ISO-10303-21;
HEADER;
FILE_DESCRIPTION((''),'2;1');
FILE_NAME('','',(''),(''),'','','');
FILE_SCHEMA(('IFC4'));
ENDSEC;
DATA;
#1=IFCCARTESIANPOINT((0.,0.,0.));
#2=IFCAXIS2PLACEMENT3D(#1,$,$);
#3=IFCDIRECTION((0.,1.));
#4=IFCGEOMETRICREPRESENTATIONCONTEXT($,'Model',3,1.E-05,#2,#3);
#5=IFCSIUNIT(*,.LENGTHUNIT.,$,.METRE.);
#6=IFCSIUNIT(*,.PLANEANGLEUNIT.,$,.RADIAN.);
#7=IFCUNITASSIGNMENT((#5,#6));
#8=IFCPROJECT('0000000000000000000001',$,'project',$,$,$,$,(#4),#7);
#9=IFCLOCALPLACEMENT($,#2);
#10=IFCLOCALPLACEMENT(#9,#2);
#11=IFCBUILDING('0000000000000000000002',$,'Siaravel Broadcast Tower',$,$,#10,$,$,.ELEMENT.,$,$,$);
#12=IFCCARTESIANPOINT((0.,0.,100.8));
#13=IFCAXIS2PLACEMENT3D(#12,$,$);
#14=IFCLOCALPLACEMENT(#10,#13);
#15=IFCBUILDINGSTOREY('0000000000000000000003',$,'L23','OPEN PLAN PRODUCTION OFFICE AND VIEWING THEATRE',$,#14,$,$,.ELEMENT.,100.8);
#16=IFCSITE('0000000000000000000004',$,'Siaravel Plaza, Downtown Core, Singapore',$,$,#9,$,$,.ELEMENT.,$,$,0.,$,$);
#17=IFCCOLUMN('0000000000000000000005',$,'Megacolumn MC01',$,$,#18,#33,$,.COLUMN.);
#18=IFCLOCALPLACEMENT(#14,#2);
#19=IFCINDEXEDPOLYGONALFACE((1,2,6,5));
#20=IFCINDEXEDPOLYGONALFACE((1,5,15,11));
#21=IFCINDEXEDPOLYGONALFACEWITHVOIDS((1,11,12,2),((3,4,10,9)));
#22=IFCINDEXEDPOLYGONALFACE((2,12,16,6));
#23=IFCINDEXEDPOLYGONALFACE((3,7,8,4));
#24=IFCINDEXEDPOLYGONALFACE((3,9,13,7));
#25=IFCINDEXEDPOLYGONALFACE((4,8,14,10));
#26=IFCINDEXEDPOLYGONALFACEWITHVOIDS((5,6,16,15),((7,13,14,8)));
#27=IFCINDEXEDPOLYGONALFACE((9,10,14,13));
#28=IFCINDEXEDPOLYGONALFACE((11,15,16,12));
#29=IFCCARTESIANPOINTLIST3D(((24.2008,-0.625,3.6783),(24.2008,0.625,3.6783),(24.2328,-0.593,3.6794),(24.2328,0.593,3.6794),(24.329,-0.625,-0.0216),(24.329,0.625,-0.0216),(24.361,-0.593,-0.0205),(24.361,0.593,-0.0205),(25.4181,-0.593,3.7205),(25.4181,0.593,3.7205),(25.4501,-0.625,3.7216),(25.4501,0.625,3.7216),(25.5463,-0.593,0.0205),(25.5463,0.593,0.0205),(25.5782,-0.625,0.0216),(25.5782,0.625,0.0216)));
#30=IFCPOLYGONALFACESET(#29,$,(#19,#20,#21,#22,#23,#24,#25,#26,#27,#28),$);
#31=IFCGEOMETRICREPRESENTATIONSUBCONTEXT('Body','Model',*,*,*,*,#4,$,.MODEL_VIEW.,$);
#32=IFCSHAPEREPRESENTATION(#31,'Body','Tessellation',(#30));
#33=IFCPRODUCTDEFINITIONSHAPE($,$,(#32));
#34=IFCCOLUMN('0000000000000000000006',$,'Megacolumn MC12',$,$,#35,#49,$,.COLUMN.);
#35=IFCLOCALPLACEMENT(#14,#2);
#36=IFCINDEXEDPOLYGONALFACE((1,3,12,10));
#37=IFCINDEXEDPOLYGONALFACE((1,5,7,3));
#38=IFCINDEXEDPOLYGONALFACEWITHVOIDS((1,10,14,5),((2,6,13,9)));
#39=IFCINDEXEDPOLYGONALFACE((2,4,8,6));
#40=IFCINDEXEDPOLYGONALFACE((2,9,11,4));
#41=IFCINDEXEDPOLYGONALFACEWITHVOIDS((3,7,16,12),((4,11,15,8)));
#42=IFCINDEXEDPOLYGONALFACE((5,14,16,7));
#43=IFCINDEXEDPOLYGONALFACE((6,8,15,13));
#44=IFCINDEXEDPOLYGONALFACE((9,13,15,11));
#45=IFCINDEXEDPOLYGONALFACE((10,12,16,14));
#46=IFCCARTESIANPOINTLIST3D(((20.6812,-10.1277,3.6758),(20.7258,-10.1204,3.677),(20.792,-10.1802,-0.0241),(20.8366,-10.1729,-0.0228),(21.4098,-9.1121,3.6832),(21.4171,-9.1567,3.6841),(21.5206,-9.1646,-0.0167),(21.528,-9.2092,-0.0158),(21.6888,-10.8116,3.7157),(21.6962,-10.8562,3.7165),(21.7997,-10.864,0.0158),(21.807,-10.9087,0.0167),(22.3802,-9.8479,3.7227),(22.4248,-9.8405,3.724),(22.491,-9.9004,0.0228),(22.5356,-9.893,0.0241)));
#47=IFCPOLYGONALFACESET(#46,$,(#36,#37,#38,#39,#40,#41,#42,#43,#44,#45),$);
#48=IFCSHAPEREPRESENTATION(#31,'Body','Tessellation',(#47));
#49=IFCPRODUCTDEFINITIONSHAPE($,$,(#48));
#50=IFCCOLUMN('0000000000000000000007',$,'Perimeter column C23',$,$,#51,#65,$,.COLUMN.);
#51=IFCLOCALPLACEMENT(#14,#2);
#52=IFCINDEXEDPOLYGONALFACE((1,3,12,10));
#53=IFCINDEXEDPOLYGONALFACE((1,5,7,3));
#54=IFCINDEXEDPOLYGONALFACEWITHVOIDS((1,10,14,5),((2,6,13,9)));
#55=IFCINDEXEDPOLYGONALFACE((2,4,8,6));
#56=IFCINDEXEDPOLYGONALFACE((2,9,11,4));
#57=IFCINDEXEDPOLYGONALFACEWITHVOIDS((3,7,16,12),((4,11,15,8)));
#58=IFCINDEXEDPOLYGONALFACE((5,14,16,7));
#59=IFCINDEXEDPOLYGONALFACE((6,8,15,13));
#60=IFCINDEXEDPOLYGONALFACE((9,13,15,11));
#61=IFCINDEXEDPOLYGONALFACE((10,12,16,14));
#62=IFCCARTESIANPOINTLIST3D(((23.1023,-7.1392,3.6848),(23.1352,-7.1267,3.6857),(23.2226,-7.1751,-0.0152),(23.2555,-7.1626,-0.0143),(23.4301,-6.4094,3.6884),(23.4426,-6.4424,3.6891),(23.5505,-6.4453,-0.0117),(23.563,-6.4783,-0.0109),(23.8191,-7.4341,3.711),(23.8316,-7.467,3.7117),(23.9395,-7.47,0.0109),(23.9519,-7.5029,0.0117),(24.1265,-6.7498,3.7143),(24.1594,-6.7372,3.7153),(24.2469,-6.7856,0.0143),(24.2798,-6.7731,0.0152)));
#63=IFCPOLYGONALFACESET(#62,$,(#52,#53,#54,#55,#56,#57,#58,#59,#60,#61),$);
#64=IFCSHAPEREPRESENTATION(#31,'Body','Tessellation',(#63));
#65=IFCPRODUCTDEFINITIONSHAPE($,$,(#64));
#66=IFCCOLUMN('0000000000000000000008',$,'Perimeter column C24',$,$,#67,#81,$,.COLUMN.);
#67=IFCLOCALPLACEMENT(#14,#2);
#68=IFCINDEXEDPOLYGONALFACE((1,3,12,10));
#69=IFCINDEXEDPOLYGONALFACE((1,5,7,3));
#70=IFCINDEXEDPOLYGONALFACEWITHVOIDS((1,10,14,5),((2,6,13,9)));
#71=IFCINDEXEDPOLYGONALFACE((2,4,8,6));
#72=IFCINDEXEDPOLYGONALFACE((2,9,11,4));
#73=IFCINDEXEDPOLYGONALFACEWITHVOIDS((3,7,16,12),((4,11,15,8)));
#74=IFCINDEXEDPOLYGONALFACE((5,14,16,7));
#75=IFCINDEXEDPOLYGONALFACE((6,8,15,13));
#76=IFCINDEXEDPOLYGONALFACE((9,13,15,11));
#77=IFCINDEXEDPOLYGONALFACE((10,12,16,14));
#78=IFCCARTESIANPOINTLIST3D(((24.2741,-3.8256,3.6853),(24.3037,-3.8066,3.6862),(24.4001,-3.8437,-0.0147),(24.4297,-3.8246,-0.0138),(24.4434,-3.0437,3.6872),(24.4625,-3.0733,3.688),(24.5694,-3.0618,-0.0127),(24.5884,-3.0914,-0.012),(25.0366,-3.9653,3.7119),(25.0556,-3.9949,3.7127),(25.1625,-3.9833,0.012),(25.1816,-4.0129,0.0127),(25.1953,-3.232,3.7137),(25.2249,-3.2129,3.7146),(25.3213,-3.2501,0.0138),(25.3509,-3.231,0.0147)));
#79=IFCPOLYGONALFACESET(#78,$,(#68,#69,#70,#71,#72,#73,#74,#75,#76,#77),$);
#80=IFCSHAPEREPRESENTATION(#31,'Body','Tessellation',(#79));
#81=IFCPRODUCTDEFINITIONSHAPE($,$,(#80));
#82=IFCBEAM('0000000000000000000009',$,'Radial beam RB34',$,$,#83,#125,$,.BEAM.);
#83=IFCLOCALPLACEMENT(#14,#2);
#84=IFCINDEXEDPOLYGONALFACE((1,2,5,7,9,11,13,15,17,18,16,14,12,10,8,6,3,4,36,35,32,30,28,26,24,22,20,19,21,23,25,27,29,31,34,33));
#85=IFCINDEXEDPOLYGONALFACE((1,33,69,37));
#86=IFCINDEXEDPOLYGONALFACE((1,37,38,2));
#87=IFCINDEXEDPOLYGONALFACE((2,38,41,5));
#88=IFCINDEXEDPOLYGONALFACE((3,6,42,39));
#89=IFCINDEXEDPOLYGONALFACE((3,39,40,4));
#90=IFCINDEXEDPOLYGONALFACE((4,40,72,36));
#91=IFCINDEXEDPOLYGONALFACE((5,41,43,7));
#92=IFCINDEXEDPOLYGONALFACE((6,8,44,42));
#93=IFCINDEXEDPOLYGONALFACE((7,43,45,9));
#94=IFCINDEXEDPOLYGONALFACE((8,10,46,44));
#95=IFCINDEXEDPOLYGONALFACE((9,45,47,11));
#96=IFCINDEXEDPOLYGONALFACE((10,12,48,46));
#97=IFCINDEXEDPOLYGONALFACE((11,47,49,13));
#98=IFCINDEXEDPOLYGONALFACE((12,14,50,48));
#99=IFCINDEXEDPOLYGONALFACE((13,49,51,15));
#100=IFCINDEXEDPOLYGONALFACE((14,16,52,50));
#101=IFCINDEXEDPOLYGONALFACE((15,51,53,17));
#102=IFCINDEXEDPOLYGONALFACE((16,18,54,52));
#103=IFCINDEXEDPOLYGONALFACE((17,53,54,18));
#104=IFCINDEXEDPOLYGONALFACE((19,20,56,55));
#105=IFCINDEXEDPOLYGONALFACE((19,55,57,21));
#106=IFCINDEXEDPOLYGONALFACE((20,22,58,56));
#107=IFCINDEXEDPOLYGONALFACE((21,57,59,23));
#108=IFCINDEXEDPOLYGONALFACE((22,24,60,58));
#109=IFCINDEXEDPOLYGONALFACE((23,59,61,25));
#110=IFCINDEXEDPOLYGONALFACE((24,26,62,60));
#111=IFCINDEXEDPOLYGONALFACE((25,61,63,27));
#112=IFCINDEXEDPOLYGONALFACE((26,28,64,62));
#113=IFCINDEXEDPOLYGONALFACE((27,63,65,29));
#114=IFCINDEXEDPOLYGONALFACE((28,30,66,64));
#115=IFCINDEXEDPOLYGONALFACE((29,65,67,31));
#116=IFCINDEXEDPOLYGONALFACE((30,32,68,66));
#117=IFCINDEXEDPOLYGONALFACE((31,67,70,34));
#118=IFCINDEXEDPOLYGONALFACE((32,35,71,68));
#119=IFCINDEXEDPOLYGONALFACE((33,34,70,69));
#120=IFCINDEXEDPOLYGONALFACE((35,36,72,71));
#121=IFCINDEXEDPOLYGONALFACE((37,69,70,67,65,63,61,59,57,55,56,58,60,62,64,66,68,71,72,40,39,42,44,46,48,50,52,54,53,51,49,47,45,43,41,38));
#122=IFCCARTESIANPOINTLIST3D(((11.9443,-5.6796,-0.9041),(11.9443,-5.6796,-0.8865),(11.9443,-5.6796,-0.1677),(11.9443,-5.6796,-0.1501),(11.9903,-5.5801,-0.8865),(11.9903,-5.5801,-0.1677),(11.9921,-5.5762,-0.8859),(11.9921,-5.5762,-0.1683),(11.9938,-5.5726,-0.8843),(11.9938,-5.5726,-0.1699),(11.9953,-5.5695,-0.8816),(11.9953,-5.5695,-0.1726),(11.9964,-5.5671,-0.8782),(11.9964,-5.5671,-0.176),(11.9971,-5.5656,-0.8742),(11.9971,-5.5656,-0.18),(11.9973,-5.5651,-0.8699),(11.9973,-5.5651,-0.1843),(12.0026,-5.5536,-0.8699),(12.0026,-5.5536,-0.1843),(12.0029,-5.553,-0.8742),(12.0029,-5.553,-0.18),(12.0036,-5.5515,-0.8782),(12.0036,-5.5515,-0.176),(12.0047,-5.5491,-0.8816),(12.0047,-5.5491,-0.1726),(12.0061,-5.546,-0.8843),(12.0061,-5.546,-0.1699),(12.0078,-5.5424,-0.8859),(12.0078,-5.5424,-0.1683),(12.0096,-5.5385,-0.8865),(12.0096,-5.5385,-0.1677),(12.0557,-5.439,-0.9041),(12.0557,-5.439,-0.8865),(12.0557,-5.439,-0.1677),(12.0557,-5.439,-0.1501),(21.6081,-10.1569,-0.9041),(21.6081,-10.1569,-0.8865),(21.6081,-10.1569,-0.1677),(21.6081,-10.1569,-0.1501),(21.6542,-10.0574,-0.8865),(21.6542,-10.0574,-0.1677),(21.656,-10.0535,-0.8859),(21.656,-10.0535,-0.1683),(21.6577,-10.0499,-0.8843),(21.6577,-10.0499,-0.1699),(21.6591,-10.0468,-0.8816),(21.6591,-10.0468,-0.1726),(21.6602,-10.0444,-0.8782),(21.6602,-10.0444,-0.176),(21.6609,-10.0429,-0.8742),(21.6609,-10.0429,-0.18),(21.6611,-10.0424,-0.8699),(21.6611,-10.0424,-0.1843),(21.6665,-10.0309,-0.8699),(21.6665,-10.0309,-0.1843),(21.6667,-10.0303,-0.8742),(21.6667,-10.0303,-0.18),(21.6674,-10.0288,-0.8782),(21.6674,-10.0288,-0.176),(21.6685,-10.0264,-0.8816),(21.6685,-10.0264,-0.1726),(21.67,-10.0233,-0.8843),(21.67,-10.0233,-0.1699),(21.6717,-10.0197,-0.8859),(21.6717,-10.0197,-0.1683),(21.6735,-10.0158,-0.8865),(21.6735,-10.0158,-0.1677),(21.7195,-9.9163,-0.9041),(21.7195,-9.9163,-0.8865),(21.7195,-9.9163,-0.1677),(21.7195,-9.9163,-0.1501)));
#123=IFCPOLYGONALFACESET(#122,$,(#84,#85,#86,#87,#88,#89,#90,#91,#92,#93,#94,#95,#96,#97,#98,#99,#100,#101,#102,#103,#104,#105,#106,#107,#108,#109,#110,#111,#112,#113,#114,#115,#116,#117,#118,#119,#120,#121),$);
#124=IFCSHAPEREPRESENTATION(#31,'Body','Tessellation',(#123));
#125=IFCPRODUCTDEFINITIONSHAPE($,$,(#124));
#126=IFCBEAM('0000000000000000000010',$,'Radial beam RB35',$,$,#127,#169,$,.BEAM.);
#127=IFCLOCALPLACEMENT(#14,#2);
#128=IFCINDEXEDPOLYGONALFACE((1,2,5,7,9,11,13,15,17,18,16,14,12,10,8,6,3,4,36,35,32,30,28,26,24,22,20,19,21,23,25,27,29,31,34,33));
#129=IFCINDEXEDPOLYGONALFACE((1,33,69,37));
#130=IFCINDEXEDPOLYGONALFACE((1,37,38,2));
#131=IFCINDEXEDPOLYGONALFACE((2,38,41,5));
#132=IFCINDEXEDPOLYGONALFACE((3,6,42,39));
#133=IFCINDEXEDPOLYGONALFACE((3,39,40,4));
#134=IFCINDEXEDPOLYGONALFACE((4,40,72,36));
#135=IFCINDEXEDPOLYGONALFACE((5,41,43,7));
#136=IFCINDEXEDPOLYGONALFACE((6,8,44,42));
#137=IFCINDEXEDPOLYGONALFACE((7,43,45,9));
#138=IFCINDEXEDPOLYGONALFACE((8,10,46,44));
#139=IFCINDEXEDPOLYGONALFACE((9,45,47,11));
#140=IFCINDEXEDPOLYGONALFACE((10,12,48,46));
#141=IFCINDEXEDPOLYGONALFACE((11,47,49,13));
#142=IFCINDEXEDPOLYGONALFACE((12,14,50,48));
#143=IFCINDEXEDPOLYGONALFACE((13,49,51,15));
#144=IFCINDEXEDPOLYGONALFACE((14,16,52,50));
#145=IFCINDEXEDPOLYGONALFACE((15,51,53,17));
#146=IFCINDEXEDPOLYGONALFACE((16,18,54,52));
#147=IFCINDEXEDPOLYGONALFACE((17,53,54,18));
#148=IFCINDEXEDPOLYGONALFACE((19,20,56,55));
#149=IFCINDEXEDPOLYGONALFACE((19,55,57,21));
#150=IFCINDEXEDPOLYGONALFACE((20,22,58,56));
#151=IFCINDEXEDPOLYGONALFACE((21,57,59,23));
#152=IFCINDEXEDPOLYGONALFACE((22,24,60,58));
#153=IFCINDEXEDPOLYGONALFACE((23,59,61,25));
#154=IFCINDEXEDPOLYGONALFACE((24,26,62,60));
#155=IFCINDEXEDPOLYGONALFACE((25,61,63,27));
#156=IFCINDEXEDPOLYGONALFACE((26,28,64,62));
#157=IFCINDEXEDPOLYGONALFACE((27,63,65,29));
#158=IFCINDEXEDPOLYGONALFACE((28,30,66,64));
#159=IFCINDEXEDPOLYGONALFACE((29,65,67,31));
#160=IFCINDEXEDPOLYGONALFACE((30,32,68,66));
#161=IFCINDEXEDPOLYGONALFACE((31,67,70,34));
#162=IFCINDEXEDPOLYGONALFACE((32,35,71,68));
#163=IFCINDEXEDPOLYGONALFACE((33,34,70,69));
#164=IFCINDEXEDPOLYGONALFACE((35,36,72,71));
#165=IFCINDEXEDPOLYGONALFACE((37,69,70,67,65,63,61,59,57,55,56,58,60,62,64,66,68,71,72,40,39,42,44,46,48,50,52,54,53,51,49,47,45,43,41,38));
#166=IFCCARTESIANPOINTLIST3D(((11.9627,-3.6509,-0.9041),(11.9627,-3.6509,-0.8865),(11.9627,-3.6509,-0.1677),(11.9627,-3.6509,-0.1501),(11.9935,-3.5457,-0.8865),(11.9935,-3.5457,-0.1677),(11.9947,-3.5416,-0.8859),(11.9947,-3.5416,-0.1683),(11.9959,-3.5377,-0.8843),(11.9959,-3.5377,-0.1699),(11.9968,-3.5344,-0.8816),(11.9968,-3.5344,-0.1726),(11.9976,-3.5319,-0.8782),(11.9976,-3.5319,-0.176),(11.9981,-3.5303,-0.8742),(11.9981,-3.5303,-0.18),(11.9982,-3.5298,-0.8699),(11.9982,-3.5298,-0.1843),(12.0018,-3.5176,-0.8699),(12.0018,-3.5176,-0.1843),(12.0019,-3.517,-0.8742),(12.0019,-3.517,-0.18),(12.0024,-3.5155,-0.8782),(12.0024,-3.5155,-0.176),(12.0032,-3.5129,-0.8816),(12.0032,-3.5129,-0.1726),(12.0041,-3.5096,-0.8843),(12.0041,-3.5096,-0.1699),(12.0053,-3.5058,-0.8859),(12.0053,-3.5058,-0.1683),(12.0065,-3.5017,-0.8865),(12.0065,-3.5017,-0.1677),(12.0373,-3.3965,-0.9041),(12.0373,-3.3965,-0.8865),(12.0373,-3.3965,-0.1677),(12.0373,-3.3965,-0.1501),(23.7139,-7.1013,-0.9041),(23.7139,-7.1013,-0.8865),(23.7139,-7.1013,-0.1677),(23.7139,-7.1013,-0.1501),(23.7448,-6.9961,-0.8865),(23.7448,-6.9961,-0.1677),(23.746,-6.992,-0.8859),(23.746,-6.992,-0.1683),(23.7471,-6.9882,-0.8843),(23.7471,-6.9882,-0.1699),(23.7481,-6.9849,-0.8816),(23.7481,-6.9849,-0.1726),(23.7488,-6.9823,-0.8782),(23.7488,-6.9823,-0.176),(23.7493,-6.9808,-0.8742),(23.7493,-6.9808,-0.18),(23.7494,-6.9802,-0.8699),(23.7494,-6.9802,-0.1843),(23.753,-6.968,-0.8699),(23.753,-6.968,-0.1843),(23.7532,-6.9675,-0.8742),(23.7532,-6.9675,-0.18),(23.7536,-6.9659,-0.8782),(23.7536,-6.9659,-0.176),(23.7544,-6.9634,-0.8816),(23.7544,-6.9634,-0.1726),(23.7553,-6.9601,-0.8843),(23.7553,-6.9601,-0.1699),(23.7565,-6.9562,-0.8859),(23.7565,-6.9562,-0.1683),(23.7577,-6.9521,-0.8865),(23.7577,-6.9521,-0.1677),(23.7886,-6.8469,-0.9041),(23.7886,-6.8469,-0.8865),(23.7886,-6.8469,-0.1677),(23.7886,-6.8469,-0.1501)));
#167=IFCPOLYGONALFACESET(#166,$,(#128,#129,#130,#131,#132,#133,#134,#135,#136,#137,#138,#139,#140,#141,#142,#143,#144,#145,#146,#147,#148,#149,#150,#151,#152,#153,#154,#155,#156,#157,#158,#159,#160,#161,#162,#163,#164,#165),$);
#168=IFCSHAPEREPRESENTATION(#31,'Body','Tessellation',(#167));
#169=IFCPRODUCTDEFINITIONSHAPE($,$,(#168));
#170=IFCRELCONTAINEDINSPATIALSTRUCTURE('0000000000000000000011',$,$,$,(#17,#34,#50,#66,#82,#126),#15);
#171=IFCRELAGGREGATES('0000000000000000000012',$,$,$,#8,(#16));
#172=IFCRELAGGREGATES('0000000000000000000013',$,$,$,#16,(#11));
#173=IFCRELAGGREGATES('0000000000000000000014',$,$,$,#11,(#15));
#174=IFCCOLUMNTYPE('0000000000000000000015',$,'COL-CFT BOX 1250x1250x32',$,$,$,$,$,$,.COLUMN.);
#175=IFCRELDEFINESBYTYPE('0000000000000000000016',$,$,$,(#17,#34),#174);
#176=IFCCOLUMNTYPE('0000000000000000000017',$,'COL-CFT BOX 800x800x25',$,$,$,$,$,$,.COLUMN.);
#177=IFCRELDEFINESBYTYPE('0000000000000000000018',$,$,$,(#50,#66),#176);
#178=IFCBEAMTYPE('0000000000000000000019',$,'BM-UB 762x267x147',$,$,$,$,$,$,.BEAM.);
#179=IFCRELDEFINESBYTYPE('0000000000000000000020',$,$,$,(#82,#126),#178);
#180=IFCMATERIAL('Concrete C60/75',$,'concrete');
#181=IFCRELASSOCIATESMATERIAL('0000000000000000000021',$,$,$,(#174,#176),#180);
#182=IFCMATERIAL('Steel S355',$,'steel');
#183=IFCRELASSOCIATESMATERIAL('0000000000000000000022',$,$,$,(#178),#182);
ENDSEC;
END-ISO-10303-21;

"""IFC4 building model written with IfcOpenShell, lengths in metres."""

from ifc_helpers import new_model, si_unit, direction, frame, origin, origin_2d, place, context, subcontext, project, spatial, hollow_rectangle, i_section, extrude, material, material_profile, profile_set, type_object, element, save


model = new_model("IFC4")

# Units and contexts
model_context = context("Model", 3, precision=1e-05, world=origin(), true_north=direction((0.0, 1.0)))
body_context = subcontext(model_context, "Body", "Model", "MODEL_VIEW")
ifc_project = project(units=[si_unit("LENGTHUNIT", "METRE"), si_unit("PLANEANGLEUNIT", "RADIAN")], contexts=[model_context])

# Site, building, storey
site_placement = place(None, origin())
site = spatial("IfcSite", under=ifc_project, at=site_placement, Name="Siaravel Plaza, Downtown Core, Singapore", CompositionType="ELEMENT", RefElevation=0.0)
building_placement = place(site_placement, origin())
building = spatial("IfcBuilding", under=site, at=building_placement, Name="Siaravel Broadcast Tower", CompositionType="ELEMENT")
storey_placement = place(building_placement, frame((0.0, 0.0, 100.8)))
storey = spatial("IfcBuildingStorey", under=building, at=storey_placement, Name="L23", Description="OPEN PLAN PRODUCTION OFFICE AND VIEWING THEATRE", CompositionType="ELEMENT", Elevation=100.8)

# Columns
ifc_material_1 = material(Name="Concrete C60/75", Category="concrete")
ifc_material_profile_1 = material_profile(ifc_material_1, hollow_rectangle(XDim=1.25, YDim=1.25, WallThickness=0.032, at=origin_2d()))
ifc_profile_set_1 = profile_set([ifc_material_profile_1], Name="Concrete C60/75")
column_type_1 = type_object("IfcColumnType", Name="COL-CFT BOX 1250x1250x32", PredefinedType="COLUMN", material=ifc_profile_set_1)
column_1_placement = place(storey_placement, frame((24.9536, 0.0, 0.0), z_axis=(-0.034621, 0.0, 0.999401), x_axis=(0.0, -1.0, 0.0)))
element("IfcColumn", 1, at=column_1_placement, inside=storey, type_object=column_type_1, Name="Megacolumn MC01", PredefinedType="COLUMN", context=body_context, shape_type="SweptSolid", body=[
    extrude(hollow_rectangle(XDim=1.25, YDim=1.25, WallThickness=0.032, at=origin_2d()), origin(), (0.0, 0.0, 1.0), 3.7021),
])
column_2_placement = place(storey_placement, frame((21.6638, -10.0366, 0.0), z_axis=(-0.029941, 0.014179, 0.999451), x_axis=(-0.582896, -0.812525, -0.005935)))
element("IfcColumn", 2, at=column_2_placement, inside=storey, type_object=column_type_1, Name="Megacolumn MC12", PredefinedType="COLUMN", context=body_context, shape_type="SweptSolid", body=[
    extrude(hollow_rectangle(XDim=1.25, YDim=1.25, WallThickness=0.032, at=origin_2d()), origin(), (0.0, 0.0, 1.0), 3.7019),
])
ifc_material_profile_2 = material_profile(ifc_material_1, hollow_rectangle(XDim=0.8, YDim=0.8, WallThickness=0.0249, at=origin_2d()))
ifc_profile_set_2 = profile_set([ifc_material_profile_2], Name="Concrete C60/75")
column_type_2 = type_object("IfcColumnType", Name="COL-CFT BOX 800x800x25", PredefinedType="COLUMN", material=ifc_profile_set_2)
for number, where, z_axis, x_axis, name in (
    (3, (23.7512, -6.9741, 0.0), (-0.032512, 0.009694, 0.999424), (-0.409806, -0.912162, -0.004483), "Perimeter column C23"),
    (4, (24.8755, -3.5374, 0.0), (-0.034028, 0.00488, 0.999409), (-0.21156, -0.977362, -0.002431), "Perimeter column C24"),
):
    element("IfcColumn", number, at=place(storey_placement, frame(where, z_axis=z_axis, x_axis=x_axis)), inside=storey, type_object=column_type_2, Name=name, PredefinedType="COLUMN", context=body_context, shape_type="SweptSolid", body=[
        extrude(hollow_rectangle(XDim=0.8, YDim=0.8, WallThickness=0.0249, at=origin_2d()), origin(), (0.0, 0.0, 1.0), 3.7021),
    ])

# Beams
ifc_material_2 = material(Name="Steel S355", Category="steel")
ifc_material_profile_3 = material_profile(ifc_material_2, i_section(OverallWidth=0.2651, OverallDepth=0.7539, WebThickness=0.0127, FlangeThickness=0.0176, FilletRadius=0.0166, at=origin_2d()))
ifc_profile_set_3 = profile_set([ifc_material_profile_3], Name="Steel S355")
beam_type = type_object("IfcBeamType", Name="BM-UB 762x267x147", PredefinedType="BEAM", material=ifc_profile_set_3)
beam_1_placement = place(storey_placement, frame((21.6638, -10.0366, -0.5271), z_axis=(-0.907349, 0.420379, 0.0), x_axis=(-0.420379, -0.907349, 0.0)))
element("IfcBeam", 5, at=beam_1_placement, inside=storey, type_object=beam_type, Name="Radial beam RB34", PredefinedType="BEAM", context=body_context, shape_type="SweptSolid", body=[
    extrude(i_section(OverallWidth=0.2651, OverallDepth=0.7539, WebThickness=0.0127, FlangeThickness=0.0176, FilletRadius=0.0166, at=origin_2d()), origin(), (0.0, 0.0, 1.0), 10.6506),
])
beam_2_placement = place(storey_placement, frame((23.7512, -6.9741, -0.5271), z_axis=(-0.959494, 0.28173, 0.0), x_axis=(-0.28173, -0.959494, 0.0)))
element("IfcBeam", 6, at=beam_2_placement, inside=storey, type_object=beam_type, Name="Radial beam RB35", PredefinedType="BEAM", context=body_context, shape_type="SweptSolid", body=[
    extrude(i_section(OverallWidth=0.2651, OverallDepth=0.7539, WebThickness=0.0127, FlangeThickness=0.0176, FilletRadius=0.0166, at=origin_2d()), origin(), (0.0, 0.0, 1.0), 12.2473),
])

save(model, "model.ifc")
